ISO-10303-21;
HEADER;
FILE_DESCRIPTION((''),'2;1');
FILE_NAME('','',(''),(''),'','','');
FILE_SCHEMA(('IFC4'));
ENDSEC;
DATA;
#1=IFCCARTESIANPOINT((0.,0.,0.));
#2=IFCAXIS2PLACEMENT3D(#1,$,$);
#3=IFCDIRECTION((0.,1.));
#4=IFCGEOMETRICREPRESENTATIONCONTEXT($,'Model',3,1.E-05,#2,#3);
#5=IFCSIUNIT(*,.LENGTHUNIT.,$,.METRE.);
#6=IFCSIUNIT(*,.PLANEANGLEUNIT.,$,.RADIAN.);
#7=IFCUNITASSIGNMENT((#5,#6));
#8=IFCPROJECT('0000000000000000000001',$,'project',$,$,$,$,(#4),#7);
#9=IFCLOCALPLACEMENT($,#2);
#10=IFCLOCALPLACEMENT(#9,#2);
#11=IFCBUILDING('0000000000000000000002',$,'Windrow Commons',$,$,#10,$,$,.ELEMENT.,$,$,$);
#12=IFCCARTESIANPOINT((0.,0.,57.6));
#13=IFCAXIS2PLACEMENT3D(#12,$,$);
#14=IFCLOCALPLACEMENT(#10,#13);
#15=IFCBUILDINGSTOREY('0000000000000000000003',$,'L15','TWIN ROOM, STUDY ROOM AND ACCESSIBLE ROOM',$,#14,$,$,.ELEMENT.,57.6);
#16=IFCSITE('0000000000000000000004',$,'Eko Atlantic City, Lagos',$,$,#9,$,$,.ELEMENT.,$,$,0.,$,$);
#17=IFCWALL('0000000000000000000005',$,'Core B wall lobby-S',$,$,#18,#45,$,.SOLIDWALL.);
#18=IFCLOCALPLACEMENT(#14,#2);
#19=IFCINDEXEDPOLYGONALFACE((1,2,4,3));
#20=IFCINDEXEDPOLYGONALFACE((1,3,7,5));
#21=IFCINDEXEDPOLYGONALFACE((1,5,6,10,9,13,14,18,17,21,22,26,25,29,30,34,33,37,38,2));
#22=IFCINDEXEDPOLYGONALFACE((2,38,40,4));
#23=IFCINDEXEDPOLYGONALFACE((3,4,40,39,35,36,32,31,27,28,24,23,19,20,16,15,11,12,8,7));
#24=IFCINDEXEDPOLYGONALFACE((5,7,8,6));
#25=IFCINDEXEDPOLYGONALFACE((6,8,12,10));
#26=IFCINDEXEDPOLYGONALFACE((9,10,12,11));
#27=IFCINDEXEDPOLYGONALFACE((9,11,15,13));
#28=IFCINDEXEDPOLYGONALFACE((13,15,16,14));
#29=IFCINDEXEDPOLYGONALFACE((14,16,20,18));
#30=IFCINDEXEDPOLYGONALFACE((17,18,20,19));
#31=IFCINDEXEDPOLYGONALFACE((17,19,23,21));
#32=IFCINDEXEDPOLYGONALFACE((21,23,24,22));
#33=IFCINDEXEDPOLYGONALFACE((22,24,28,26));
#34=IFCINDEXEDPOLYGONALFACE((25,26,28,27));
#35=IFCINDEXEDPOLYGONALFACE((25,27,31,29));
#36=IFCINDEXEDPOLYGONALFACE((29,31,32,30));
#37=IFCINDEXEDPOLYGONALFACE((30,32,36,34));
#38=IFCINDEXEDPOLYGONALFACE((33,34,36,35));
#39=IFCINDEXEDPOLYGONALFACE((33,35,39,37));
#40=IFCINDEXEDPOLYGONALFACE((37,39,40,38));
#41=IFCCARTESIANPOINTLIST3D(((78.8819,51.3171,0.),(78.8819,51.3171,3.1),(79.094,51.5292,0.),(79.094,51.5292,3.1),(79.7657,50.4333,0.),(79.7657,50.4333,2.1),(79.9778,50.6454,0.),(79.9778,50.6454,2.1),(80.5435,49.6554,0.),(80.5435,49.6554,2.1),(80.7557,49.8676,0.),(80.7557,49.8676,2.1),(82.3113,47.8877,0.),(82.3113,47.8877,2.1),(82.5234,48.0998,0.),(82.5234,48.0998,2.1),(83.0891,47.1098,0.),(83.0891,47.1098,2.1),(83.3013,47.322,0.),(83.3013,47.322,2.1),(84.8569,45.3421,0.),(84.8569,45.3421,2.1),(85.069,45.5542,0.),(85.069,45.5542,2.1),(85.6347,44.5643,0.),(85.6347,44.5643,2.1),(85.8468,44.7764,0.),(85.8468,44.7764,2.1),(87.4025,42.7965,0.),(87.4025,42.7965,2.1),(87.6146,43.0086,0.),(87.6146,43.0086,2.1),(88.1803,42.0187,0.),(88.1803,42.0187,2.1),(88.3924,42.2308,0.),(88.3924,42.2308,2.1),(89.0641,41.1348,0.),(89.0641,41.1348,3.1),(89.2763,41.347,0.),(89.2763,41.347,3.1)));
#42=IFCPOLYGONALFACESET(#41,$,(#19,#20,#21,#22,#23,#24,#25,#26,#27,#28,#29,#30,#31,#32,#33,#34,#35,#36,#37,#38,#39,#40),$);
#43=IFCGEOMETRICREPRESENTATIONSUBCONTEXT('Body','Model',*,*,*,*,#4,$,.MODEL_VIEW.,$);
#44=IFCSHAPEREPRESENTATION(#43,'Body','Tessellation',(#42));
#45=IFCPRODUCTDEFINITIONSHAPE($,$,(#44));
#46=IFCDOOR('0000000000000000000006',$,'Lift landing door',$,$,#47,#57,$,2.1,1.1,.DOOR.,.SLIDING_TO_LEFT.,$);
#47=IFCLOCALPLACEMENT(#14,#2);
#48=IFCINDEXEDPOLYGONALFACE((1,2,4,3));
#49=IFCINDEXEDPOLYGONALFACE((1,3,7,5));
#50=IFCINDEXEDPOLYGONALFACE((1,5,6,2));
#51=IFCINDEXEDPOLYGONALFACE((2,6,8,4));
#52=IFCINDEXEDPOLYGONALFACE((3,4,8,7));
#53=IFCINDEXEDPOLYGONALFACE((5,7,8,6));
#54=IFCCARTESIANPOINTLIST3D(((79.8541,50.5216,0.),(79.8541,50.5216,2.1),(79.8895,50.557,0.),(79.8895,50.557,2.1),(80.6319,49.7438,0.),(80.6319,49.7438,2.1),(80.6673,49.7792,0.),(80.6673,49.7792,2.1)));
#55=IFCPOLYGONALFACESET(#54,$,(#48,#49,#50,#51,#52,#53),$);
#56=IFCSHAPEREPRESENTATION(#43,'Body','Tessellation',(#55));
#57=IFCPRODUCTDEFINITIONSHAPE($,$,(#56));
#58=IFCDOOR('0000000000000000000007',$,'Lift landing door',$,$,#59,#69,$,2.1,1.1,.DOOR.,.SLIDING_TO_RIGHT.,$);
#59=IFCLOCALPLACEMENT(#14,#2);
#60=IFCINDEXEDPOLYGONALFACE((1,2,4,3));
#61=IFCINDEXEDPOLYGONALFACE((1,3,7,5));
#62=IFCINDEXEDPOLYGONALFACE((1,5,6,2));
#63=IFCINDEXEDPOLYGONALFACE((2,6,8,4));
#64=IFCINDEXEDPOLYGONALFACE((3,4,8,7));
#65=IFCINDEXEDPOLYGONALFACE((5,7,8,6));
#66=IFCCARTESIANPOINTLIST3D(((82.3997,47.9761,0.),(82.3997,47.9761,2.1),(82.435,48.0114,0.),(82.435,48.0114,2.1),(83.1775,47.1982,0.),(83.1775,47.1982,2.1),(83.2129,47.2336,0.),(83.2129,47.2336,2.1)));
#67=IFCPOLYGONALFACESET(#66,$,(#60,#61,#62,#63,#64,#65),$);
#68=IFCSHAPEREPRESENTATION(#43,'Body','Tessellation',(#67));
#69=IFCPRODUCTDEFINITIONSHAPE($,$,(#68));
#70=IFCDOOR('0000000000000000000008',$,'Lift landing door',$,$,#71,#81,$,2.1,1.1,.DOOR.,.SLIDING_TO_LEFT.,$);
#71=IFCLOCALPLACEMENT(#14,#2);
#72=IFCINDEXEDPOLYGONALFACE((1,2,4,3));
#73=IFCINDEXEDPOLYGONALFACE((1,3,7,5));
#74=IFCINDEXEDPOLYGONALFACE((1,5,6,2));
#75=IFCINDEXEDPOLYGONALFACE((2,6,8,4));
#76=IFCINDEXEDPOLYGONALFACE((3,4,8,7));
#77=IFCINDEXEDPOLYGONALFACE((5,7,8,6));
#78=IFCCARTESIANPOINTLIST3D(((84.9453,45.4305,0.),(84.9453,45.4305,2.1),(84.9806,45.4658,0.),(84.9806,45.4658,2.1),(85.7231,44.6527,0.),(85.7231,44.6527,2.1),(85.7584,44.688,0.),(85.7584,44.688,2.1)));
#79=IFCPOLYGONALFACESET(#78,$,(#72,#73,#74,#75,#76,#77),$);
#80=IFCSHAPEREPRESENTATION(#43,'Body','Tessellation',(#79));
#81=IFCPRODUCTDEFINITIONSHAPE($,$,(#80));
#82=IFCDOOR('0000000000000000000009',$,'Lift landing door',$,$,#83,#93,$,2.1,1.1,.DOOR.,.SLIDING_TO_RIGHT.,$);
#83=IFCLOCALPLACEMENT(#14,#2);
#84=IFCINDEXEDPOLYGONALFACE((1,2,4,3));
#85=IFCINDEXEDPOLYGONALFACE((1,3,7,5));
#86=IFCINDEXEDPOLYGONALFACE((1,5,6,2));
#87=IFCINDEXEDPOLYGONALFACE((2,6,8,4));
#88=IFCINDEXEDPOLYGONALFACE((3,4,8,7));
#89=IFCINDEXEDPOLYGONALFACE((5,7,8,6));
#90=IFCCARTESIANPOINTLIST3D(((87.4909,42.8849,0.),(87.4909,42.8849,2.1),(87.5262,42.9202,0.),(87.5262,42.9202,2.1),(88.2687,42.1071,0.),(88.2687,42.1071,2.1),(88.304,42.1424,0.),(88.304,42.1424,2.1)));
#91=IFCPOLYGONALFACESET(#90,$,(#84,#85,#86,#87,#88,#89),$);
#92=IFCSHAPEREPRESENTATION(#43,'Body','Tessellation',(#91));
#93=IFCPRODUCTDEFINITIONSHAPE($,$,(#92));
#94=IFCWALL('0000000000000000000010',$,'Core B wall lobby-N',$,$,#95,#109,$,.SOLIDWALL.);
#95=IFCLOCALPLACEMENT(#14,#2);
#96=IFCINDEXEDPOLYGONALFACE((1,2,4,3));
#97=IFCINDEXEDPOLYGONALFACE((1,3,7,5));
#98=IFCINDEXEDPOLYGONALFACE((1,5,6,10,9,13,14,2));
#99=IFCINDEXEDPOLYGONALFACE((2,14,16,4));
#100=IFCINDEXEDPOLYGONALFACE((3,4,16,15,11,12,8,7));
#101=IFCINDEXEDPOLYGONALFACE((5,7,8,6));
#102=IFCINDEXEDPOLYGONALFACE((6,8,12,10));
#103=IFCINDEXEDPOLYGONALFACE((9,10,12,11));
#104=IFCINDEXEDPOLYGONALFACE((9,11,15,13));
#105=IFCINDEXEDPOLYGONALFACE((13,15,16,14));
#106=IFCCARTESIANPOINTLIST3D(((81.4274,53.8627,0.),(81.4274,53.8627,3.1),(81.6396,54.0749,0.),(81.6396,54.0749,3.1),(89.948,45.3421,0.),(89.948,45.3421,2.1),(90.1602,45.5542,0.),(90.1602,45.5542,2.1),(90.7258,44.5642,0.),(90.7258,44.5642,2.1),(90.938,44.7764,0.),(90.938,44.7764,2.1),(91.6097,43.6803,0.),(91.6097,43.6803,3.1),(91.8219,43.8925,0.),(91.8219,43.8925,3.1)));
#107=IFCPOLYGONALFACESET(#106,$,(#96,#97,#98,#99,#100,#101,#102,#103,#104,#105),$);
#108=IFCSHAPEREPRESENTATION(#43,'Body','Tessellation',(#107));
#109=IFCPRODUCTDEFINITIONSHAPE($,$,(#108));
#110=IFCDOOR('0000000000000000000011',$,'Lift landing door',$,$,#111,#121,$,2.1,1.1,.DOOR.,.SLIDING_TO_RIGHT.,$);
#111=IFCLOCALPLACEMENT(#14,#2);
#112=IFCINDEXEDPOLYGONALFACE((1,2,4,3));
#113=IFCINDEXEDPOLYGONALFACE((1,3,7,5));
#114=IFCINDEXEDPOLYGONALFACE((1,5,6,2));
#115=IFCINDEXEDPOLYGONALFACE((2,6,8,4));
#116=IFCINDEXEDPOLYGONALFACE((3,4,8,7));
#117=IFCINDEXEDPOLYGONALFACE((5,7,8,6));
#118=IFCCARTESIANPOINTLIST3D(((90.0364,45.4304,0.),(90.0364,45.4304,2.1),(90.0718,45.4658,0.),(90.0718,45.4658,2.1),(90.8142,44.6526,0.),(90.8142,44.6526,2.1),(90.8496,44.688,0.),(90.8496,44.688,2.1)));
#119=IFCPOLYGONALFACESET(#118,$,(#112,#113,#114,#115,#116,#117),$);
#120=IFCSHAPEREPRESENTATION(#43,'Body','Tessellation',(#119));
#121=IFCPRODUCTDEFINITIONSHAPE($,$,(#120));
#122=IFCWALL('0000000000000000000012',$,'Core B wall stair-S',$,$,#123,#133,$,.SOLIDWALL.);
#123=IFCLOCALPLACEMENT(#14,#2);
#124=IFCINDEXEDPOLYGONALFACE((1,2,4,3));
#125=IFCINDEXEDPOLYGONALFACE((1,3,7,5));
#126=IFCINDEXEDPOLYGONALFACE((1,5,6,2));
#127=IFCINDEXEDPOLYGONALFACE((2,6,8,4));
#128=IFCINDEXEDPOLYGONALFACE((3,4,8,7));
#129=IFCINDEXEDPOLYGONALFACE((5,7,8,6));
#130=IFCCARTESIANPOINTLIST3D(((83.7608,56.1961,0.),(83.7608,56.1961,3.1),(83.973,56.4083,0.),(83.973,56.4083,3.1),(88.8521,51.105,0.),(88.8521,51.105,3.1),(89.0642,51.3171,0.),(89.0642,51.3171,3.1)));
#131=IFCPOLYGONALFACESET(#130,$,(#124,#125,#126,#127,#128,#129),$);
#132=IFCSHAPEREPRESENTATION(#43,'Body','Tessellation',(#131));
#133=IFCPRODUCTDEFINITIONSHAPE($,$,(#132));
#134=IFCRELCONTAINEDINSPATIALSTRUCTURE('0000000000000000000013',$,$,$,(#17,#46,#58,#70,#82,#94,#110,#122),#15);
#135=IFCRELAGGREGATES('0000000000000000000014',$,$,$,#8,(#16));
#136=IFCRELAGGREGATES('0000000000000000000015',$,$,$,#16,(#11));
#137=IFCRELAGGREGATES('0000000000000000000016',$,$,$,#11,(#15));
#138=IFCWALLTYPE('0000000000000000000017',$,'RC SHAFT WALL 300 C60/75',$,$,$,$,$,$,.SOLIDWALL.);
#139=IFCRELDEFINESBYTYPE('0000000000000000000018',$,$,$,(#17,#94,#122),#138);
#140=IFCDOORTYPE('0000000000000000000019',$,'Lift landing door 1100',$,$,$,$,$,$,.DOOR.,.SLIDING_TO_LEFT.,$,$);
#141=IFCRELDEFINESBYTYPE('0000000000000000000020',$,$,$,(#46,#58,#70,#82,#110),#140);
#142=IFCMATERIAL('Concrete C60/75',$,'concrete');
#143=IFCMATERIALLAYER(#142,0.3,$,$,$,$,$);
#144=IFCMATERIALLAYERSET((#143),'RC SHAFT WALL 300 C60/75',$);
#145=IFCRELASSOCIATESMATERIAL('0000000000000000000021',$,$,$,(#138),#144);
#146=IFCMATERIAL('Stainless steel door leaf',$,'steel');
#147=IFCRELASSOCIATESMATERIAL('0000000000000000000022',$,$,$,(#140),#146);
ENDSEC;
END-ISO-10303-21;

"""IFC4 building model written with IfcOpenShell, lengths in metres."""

from ifc_helpers import new_model, si_unit, direction, frame, frame_2d, origin, place, context, subcontext, project, spatial, rectangle, extrude, material, layer, layer_set, type_object, element, fill, save


model = new_model("IFC4")

# Units and contexts
model_context = context("Model", 3, precision=1e-05, world=origin(), true_north=direction((0.0, 1.0)))
body_context = subcontext(model_context, "Body", "Model", "MODEL_VIEW")
ifc_project = project(units=[si_unit("LENGTHUNIT", "METRE"), si_unit("PLANEANGLEUNIT", "RADIAN")], contexts=[model_context])

# Site, building, storey
site_placement = place(None, origin())
site = spatial("IfcSite", under=ifc_project, at=site_placement, Name="Eko Atlantic City, Lagos", CompositionType="ELEMENT", RefElevation=0.0)
building_placement = place(site_placement, origin())
building = spatial("IfcBuilding", under=site, at=building_placement, Name="Windrow Commons", CompositionType="ELEMENT")
storey_placement = place(building_placement, frame((0.0, 0.0, 57.6)))
storey = spatial("IfcBuildingStorey", under=building, at=storey_placement, Name="L15", Description="TWIN ROOM, STUDY ROOM AND ACCESSIBLE ROOM", CompositionType="ELEMENT", Elevation=57.6)

# Shared definitions
ifc_material_1 = material(Name="Concrete C60/75", Category="concrete")
ifc_layer_1 = layer(ifc_material_1, 0.3)
ifc_layer_set_1 = layer_set([ifc_layer_1], Name="RC SHAFT WALL 300 C60/75")
wall_type_1 = type_object("IfcWallType", Name="RC SHAFT WALL 300 C60/75", PredefinedType="SOLIDWALL", material=ifc_layer_set_1)

# Wall, openings, doors
wall_1_placement = place(storey_placement, frame((78.9879, 51.4232, 0.0), z_axis=(0.0, 0.0, 1.0), x_axis=(0.707107, -0.707107, 0.0)))
wall_1 = element("IfcWall", 1, at=wall_1_placement, inside=storey, type_object=wall_type_1, Name="Core B wall lobby-S", PredefinedType="SOLIDWALL", context=body_context, shape_type="SweptSolid", body=[
    extrude(rectangle(XDim=14.3999, YDim=0.3, at=frame_2d((7.2, 0.0))), origin(), (0.0, 0.0, 1.0), 3.1),
])
opening_1_placement = place(wall_1_placement, frame((1.25, 0.0, 0.0)))
opening_1 = element("IfcOpeningElement", 2, at=opening_1_placement, cuts=wall_1, PredefinedType="OPENING", context=body_context, shape_type="SweptSolid", body=[
    extrude(rectangle(XDim=1.1, YDim=2.1, at=frame_2d((0.55, 1.05))), frame((0.0, 0.16, 0.0), z_axis=(0.0, -1.0, 0.0), x_axis=(1.0, 0.0, 0.0)), (0.0, 0.0, 1.0), 0.32),
])
opening_2_placement = place(wall_1_placement, frame((4.85, 0.0, 0.0)))
opening_2 = element("IfcOpeningElement", 3, at=opening_2_placement, cuts=wall_1, PredefinedType="OPENING", context=body_context, shape_type="SweptSolid", body=[
    extrude(rectangle(XDim=1.1, YDim=2.1, at=frame_2d((0.55, 1.05))), frame((0.0, 0.16, 0.0), z_axis=(0.0, -1.0, 0.0), x_axis=(1.0, 0.0, 0.0)), (0.0, 0.0, 1.0), 0.32),
])
opening_3_placement = place(wall_1_placement, frame((8.45, 0.0, 0.0)))
opening_3 = element("IfcOpeningElement", 4, at=opening_3_placement, cuts=wall_1, PredefinedType="OPENING", context=body_context, shape_type="SweptSolid", body=[
    extrude(rectangle(XDim=1.1, YDim=2.1, at=frame_2d((0.55, 1.05))), frame((0.0, 0.16, 0.0), z_axis=(0.0, -1.0, 0.0), x_axis=(1.0, 0.0, 0.0)), (0.0, 0.0, 1.0), 0.32),
])
opening_4_placement = place(wall_1_placement, frame((12.05, 0.0, 0.0)))
opening_4 = element("IfcOpeningElement", 5, at=opening_4_placement, cuts=wall_1, PredefinedType="OPENING", context=body_context, shape_type="SweptSolid", body=[
    extrude(rectangle(XDim=1.1, YDim=2.1, at=frame_2d((0.55, 1.05))), frame((0.0, 0.16, 0.0), z_axis=(0.0, -1.0, 0.0), x_axis=(1.0, 0.0, 0.0)), (0.0, 0.0, 1.0), 0.32),
])
ifc_material_2 = material(Name="Stainless steel door leaf", Category="steel")
door_type_1 = type_object("IfcDoorType", Name="Lift landing door 1100", OperationType="SLIDING_TO_LEFT", PredefinedType="DOOR", material=ifc_material_2)
door_1_placement = place(opening_1_placement, origin())
door_1 = element("IfcDoor", 6, at=door_1_placement, inside=storey, type_object=door_type_1, Name="Lift landing door", OperationType="SLIDING_TO_LEFT", OverallHeight=2.1, OverallWidth=1.1, PredefinedType="DOOR", context=body_context, shape_type="SweptSolid", body=[
    extrude(rectangle(XDim=1.1, YDim=2.1, at=frame_2d((0.55, 1.05))), frame((0.0, 0.025, 0.0), z_axis=(0.0, -1.0, 0.0), x_axis=(1.0, 0.0, 0.0)), (0.0, 0.0, 1.0), 0.05),
])
fill(opening_1, door_1)
door_2_placement = place(opening_2_placement, origin())
door_2 = element("IfcDoor", 7, at=door_2_placement, inside=storey, type_object=door_type_1, Name="Lift landing door", OperationType="SLIDING_TO_RIGHT", OverallHeight=2.1, OverallWidth=1.1, PredefinedType="DOOR", context=body_context, shape_type="SweptSolid", body=[
    extrude(rectangle(XDim=1.1, YDim=2.1, at=frame_2d((0.55, 1.05))), frame((0.0, 0.025, 0.0), z_axis=(0.0, -1.0, 0.0), x_axis=(1.0, 0.0, 0.0)), (0.0, 0.0, 1.0), 0.05),
])
fill(opening_2, door_2)
door_3_placement = place(opening_3_placement, origin())
door_3 = element("IfcDoor", 8, at=door_3_placement, inside=storey, type_object=door_type_1, Name="Lift landing door", OperationType="SLIDING_TO_LEFT", OverallHeight=2.1, OverallWidth=1.1, PredefinedType="DOOR", context=body_context, shape_type="SweptSolid", body=[
    extrude(rectangle(XDim=1.1, YDim=2.1, at=frame_2d((0.55, 1.05))), frame((0.0, 0.025, 0.0), z_axis=(0.0, -1.0, 0.0), x_axis=(1.0, 0.0, 0.0)), (0.0, 0.0, 1.0), 0.05),
])
fill(opening_3, door_3)
door_4_placement = place(opening_4_placement, origin())
door_4 = element("IfcDoor", 9, at=door_4_placement, inside=storey, type_object=door_type_1, Name="Lift landing door", OperationType="SLIDING_TO_RIGHT", OverallHeight=2.1, OverallWidth=1.1, PredefinedType="DOOR", context=body_context, shape_type="SweptSolid", body=[
    extrude(rectangle(XDim=1.1, YDim=2.1, at=frame_2d((0.55, 1.05))), frame((0.0, 0.025, 0.0), z_axis=(0.0, -1.0, 0.0), x_axis=(1.0, 0.0, 0.0)), (0.0, 0.0, 1.0), 0.05),
])
fill(opening_4, door_4)

# Wall, opening, door
wall_2_placement = place(storey_placement, frame((81.5335, 53.9688, 0.0), z_axis=(0.0, 0.0, 1.0), x_axis=(0.707103, -0.70711, 0.0)))
wall_2 = element("IfcWall", 10, at=wall_2_placement, inside=storey, type_object=wall_type_1, Name="Core B wall lobby-N", PredefinedType="SOLIDWALL", context=body_context, shape_type="SweptSolid", body=[
    extrude(rectangle(XDim=14.4, YDim=0.3, at=frame_2d((7.2, 0.0))), origin(), (0.0, 0.0, 1.0), 3.1),
])
opening_5_placement = place(wall_2_placement, frame((12.05, 0.0, 0.0)))
opening_5 = element("IfcOpeningElement", 11, at=opening_5_placement, cuts=wall_2, PredefinedType="OPENING", context=body_context, shape_type="SweptSolid", body=[
    extrude(rectangle(XDim=1.1, YDim=2.1, at=frame_2d((0.55, 1.05))), frame((0.0, 0.16, 0.0), z_axis=(0.0, -1.0, 0.0), x_axis=(1.0, 0.0, 0.0)), (0.0, 0.0, 1.0), 0.32),
])
door_5_placement = place(opening_5_placement, origin())
door_5 = element("IfcDoor", 12, at=door_5_placement, inside=storey, type_object=door_type_1, Name="Lift landing door", OperationType="SLIDING_TO_RIGHT", OverallHeight=2.1, OverallWidth=1.1, PredefinedType="DOOR", context=body_context, shape_type="SweptSolid", body=[
    extrude(rectangle(XDim=1.1, YDim=2.1, at=frame_2d((0.55, 1.05))), frame((0.0, 0.025, 0.0), z_axis=(0.0, -1.0, 0.0), x_axis=(1.0, 0.0, 0.0)), (0.0, 0.0, 1.0), 0.05),
])
fill(opening_5, door_5)

# Wall
wall_3_placement = place(storey_placement, frame((83.8669, 56.3022, 0.0), z_axis=(0.0, 0.0, 1.0), x_axis=(0.707114, -0.7071, 0.0)))
element("IfcWall", 13, at=wall_3_placement, inside=storey, type_object=wall_type_1, Name="Core B wall stair-S", PredefinedType="SOLIDWALL", context=body_context, shape_type="SweptSolid", body=[
    extrude(rectangle(XDim=7.2, YDim=0.3, at=frame_2d((3.6, 0.0))), origin(), (0.0, 0.0, 1.0), 3.1),
])

save(model, "model.ifc")
